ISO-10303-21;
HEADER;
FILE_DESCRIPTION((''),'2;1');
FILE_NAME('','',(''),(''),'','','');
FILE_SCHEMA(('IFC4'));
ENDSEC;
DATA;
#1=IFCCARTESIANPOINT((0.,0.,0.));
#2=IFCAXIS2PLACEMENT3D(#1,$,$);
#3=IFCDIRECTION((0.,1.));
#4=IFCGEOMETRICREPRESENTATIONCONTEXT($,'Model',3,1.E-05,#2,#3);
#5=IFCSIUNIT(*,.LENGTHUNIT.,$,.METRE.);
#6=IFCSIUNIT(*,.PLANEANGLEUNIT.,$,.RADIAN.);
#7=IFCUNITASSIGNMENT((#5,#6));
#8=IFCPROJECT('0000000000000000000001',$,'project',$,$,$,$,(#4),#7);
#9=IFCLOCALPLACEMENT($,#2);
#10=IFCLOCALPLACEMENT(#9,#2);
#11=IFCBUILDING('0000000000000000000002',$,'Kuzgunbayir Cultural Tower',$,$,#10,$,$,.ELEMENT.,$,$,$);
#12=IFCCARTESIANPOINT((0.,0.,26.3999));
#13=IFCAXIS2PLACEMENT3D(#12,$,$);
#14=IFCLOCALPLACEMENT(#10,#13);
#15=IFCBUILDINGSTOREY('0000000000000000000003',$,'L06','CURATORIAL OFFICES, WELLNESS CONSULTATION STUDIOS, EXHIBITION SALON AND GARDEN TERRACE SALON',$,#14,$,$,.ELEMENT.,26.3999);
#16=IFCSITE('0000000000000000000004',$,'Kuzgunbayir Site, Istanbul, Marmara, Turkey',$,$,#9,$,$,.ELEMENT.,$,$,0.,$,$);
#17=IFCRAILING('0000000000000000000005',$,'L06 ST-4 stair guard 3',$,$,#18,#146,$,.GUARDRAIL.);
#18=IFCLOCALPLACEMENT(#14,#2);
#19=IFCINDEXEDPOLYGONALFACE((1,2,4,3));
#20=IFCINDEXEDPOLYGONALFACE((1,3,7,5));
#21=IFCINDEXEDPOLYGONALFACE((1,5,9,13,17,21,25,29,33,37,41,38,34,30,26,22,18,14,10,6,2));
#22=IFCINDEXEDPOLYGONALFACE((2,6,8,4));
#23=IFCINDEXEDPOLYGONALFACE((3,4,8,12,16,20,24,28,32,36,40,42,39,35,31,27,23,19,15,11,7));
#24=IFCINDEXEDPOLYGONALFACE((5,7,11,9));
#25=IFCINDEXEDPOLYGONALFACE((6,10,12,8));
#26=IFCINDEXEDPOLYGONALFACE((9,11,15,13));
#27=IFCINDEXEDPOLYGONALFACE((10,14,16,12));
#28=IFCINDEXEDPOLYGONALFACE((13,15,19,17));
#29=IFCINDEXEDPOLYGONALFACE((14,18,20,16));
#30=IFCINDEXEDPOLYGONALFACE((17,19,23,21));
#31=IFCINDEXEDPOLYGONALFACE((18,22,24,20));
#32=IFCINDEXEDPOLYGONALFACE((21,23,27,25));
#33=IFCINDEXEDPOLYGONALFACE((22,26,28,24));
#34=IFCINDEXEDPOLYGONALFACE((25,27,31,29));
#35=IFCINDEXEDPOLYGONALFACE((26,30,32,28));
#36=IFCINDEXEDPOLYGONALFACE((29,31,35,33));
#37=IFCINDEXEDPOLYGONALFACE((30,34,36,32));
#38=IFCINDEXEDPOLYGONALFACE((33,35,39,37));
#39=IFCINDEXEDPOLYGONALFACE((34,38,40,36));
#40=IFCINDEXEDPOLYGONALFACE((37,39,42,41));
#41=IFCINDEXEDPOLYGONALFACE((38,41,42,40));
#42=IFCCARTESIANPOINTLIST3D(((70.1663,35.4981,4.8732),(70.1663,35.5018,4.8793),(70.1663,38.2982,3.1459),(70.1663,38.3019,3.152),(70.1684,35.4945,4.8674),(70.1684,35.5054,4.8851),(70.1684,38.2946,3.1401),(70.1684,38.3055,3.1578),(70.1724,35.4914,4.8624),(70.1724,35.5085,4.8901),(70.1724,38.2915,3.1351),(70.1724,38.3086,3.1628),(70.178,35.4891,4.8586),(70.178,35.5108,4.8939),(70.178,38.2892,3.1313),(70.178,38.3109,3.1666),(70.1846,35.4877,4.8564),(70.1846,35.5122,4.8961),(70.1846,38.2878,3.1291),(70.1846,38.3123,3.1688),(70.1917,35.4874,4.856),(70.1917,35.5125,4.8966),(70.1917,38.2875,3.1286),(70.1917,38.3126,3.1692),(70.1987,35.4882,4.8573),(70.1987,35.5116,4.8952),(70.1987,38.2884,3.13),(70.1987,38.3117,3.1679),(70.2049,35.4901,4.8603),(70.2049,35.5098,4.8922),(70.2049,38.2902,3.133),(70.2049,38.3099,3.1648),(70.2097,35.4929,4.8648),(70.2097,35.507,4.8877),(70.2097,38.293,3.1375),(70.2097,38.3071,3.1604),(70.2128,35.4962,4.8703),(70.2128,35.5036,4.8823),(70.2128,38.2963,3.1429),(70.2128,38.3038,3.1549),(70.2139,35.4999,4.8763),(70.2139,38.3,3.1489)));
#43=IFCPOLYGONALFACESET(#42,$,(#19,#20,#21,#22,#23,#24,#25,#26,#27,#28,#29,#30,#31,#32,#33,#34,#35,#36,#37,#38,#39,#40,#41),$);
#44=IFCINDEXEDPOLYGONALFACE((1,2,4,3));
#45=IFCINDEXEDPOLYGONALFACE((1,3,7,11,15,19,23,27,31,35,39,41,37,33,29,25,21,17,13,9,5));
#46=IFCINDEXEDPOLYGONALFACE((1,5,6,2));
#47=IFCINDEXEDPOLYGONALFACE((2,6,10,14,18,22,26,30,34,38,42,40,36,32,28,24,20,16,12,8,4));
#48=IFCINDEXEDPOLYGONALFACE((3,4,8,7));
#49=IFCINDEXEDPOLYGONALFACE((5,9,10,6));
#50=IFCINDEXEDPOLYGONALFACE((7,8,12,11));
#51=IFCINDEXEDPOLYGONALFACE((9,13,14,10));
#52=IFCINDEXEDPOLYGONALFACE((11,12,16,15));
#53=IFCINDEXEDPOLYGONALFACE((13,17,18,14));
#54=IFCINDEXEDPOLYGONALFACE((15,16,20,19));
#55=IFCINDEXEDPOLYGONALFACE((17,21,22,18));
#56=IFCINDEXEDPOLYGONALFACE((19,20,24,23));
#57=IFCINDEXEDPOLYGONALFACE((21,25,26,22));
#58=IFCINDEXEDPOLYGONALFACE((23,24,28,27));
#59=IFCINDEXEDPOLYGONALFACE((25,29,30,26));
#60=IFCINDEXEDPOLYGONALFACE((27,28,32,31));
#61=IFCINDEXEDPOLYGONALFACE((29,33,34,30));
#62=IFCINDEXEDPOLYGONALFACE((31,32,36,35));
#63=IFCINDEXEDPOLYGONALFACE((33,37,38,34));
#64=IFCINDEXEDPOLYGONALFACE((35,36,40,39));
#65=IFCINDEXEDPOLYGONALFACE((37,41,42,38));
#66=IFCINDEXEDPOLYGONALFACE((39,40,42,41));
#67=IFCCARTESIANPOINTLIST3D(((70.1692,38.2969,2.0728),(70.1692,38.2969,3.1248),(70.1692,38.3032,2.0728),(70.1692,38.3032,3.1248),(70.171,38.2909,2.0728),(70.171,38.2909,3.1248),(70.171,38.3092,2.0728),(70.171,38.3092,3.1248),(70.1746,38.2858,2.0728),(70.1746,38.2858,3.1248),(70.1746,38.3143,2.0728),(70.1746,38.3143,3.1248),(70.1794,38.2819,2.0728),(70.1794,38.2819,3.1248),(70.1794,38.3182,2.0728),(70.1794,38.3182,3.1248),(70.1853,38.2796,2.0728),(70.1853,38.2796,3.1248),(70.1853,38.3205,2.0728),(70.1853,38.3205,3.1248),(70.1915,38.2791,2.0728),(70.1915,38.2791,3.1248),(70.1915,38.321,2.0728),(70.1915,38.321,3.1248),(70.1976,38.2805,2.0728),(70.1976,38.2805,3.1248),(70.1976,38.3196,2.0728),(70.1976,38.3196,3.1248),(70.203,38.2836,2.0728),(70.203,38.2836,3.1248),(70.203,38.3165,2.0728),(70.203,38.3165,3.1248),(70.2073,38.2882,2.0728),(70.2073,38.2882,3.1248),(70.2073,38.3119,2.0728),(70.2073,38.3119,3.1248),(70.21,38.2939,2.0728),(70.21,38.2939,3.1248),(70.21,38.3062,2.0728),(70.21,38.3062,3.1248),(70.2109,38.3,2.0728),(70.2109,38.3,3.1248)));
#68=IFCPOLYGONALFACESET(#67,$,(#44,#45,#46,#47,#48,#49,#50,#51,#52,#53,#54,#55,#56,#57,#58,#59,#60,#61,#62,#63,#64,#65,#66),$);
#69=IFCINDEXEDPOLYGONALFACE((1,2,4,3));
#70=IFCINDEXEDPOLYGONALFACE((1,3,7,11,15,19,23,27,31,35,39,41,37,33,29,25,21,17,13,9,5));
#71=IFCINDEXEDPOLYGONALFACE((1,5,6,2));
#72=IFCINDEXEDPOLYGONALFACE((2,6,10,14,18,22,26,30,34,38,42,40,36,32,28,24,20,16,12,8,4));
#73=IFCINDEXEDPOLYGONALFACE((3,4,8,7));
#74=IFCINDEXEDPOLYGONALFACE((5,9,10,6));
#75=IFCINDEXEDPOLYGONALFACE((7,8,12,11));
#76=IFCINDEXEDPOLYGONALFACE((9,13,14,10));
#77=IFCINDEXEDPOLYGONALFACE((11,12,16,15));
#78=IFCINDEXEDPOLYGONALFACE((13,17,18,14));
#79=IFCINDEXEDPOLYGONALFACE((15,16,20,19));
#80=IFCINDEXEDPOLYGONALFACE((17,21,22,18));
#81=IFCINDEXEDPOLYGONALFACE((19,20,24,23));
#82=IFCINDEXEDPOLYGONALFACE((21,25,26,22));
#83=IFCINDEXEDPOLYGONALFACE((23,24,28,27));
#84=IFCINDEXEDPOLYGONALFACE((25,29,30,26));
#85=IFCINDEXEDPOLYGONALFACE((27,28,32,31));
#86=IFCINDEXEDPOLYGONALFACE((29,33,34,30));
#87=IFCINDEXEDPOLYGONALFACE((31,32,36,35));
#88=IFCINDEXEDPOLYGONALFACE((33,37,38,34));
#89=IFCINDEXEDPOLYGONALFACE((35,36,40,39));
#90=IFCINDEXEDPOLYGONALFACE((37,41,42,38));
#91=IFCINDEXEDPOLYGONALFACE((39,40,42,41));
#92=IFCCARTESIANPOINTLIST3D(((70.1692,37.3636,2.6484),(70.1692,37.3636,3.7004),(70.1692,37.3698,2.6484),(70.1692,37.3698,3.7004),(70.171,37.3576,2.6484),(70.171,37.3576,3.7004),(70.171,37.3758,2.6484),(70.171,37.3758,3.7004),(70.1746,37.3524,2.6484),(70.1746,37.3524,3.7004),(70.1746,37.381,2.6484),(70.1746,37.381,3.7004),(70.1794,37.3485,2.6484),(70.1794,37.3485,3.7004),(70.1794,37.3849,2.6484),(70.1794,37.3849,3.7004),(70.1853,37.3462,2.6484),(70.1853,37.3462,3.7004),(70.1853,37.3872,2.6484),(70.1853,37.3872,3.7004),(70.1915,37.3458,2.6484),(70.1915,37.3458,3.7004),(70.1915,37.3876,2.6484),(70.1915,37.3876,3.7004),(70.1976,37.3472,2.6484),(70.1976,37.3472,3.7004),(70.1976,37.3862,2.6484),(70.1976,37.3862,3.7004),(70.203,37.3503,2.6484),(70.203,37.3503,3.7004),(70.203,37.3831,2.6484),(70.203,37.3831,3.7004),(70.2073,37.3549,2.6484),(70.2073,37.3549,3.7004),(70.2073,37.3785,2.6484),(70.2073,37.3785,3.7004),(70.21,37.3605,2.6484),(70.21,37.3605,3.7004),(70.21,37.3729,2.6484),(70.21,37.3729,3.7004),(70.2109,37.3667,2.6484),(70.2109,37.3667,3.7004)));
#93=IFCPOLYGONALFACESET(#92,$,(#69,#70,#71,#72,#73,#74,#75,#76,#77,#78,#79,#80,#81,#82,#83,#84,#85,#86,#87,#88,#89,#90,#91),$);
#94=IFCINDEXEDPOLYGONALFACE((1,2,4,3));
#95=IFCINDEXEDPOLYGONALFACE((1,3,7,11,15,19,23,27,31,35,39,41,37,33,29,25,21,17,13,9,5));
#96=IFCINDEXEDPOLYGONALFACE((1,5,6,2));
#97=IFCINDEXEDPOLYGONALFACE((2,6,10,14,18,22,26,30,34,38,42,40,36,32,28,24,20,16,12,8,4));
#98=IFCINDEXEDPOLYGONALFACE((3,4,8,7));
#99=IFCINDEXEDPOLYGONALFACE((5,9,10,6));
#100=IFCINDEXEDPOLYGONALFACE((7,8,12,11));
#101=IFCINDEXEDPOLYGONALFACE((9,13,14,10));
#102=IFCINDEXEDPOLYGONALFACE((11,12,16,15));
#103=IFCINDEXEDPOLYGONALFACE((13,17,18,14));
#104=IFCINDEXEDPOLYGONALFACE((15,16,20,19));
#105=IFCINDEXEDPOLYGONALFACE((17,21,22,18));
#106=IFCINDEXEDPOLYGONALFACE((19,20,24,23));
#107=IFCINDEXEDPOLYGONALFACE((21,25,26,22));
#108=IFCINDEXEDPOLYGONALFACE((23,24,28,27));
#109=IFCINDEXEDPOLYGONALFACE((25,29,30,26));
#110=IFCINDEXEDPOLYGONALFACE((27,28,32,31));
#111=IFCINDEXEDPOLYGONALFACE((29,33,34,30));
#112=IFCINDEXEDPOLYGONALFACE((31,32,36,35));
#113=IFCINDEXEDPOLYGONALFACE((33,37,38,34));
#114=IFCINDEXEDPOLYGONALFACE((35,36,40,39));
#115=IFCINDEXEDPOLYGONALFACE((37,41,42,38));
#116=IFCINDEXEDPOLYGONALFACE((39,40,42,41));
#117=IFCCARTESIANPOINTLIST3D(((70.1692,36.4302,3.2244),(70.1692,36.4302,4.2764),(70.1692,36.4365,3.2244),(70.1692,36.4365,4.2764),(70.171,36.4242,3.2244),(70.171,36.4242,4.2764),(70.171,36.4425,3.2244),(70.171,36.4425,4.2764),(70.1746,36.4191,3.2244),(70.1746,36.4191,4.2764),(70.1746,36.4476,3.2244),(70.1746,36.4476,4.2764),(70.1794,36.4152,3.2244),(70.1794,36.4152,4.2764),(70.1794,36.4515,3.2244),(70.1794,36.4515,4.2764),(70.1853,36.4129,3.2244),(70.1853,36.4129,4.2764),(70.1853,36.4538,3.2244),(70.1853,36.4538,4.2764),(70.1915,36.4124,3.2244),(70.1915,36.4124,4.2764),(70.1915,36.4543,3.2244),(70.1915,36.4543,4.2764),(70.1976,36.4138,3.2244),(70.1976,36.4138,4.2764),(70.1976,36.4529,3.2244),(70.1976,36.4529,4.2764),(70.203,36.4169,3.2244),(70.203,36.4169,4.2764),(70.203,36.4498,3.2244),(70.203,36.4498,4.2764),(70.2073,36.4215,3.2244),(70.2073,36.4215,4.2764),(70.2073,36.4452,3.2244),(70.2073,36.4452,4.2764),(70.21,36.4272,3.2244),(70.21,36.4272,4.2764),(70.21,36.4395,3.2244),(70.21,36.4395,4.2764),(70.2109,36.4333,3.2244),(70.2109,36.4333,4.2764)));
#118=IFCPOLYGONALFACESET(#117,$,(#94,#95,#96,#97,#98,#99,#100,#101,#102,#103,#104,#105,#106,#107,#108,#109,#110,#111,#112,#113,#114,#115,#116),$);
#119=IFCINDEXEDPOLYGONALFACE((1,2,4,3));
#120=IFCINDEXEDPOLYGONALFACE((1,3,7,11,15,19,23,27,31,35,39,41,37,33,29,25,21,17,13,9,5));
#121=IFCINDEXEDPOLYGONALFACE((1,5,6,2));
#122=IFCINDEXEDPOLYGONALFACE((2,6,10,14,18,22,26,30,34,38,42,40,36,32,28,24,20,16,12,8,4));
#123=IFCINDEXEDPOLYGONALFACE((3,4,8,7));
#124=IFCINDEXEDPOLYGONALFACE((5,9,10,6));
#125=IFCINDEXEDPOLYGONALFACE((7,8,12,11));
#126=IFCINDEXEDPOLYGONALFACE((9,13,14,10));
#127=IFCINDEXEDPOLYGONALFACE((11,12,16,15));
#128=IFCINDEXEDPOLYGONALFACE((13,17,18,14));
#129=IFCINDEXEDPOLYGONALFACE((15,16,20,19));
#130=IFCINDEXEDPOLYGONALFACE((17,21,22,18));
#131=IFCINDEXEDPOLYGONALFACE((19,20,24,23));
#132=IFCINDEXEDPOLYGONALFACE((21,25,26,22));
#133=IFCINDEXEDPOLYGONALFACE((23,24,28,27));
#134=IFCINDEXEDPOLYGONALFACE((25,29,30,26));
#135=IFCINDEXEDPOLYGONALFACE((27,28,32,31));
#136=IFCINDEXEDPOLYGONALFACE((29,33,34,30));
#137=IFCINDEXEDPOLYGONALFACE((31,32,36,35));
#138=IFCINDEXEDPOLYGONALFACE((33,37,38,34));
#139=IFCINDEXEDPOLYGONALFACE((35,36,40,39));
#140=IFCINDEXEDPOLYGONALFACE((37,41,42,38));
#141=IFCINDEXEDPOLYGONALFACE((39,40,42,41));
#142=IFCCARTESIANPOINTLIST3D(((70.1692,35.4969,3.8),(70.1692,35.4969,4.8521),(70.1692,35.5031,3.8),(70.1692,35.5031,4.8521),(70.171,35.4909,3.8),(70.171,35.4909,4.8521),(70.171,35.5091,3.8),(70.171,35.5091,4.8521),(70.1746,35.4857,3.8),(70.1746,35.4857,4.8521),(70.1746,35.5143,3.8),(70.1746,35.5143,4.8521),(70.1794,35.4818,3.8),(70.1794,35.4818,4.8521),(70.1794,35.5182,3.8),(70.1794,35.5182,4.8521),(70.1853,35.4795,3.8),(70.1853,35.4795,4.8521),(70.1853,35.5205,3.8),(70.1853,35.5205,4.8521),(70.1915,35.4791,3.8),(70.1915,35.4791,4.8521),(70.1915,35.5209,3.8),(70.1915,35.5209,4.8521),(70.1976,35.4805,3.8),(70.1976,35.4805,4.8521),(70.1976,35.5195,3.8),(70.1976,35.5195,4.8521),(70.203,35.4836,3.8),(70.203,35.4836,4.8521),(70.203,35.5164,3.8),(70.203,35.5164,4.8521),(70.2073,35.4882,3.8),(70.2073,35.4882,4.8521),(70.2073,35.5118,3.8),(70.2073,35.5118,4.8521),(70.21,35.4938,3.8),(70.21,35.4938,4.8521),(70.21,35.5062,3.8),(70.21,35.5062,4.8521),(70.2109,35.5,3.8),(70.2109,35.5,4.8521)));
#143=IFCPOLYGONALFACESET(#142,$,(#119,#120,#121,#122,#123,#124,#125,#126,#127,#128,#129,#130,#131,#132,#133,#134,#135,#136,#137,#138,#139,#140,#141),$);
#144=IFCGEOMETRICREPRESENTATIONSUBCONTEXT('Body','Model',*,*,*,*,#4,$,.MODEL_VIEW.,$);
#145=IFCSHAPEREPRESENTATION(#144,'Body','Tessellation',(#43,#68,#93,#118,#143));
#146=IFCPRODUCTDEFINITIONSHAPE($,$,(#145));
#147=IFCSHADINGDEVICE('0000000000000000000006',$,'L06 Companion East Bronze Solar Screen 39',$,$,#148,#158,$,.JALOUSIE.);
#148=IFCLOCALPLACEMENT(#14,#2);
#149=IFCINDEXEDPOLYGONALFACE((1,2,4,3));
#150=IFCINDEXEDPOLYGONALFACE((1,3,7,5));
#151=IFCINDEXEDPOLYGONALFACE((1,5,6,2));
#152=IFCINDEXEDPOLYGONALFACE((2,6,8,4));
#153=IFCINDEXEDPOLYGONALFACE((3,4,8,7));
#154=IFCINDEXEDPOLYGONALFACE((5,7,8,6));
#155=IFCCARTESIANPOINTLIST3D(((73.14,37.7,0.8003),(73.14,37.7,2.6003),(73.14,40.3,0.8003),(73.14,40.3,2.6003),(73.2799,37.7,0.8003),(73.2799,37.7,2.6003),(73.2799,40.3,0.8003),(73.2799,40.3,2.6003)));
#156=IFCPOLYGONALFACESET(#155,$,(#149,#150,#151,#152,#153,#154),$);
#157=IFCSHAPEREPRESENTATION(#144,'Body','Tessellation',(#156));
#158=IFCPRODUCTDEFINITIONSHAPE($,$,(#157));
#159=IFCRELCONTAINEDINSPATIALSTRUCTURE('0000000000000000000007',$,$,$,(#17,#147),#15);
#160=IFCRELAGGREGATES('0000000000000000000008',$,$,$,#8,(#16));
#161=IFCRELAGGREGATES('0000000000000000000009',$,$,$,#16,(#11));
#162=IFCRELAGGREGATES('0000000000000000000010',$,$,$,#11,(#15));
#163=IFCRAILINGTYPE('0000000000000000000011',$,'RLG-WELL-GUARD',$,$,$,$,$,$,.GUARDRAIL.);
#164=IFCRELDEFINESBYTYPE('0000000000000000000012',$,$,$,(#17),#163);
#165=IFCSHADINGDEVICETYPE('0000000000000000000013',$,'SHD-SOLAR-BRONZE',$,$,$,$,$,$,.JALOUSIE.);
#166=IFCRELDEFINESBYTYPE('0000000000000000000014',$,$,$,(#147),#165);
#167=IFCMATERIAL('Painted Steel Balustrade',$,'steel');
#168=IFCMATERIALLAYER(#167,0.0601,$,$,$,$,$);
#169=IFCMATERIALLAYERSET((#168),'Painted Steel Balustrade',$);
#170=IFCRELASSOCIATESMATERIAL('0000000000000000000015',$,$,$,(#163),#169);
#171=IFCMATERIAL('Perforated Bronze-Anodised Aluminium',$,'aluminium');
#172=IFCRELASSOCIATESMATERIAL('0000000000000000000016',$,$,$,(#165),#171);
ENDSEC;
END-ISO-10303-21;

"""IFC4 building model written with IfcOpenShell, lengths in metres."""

from ifc_helpers import new_model, si_unit, direction, frame, origin, origin_2d, place, context, subcontext, project, spatial, rectangle, circle, extrude, material, layer, layer_set, type_object, element, save


model = new_model("IFC4")

# Units and contexts
model_context = context("Model", 3, precision=1e-05, world=origin(), true_north=direction((0.0, 1.0)))
body_context = subcontext(model_context, "Body", "Model", "MODEL_VIEW")
ifc_project = project(units=[si_unit("LENGTHUNIT", "METRE"), si_unit("PLANEANGLEUNIT", "RADIAN")], contexts=[model_context])

# Site, building, storey
site_placement = place(None, origin())
site = spatial("IfcSite", under=ifc_project, at=site_placement, Name="Kuzgunbayir Site, Istanbul, Marmara, Turkey", CompositionType="ELEMENT", RefElevation=0.0)
building_placement = place(site_placement, origin())
building = spatial("IfcBuilding", under=site, at=building_placement, Name="Kuzgunbayir Cultural Tower", CompositionType="ELEMENT")
storey_placement = place(building_placement, frame((0.0, 0.0, 26.3999)))
storey = spatial("IfcBuildingStorey", under=building, at=storey_placement, Name="L06", Description="CURATORIAL OFFICES, WELLNESS CONSULTATION STUDIOS, EXHIBITION SALON AND GARDEN TERRACE SALON", CompositionType="ELEMENT", Elevation=26.3999)

# Railing
ifc_material_1 = material(Name="Painted Steel Balustrade", Category="steel")
ifc_layer_1 = layer(ifc_material_1, 0.0601)
ifc_layer_set_1 = layer_set([ifc_layer_1], Name="Painted Steel Balustrade")
railing_type_1 = type_object("IfcRailingType", Name="RLG-WELL-GUARD", PredefinedType="GUARDRAIL", material=ifc_layer_set_1)
railing_1_placement = place(storey_placement, frame((70.1899, 38.3, 2.0728)))
element("IfcRailing", 1, at=railing_1_placement, inside=storey, type_object=railing_type_1, Name="L06 ST-4 stair guard 3", PredefinedType="GUARDRAIL", context=body_context, shape_type="SweptSolid", body=[
    extrude(circle(Radius=0.0239, at=origin_2d()), frame((0.0, 0.0, 1.0762), z_axis=(0.0, -0.85109, 0.52502), x_axis=(1.0, 0.0, 0.0)), (0.0, 0.0, 1.0), 3.29),
    extrude(circle(Radius=0.021, at=origin_2d()), origin(), (0.0, 0.0, 1.0), 1.052),
    extrude(circle(Radius=0.021, at=origin_2d()), frame((0.0, -0.9333, 0.5757)), (0.0, 0.0, 1.0), 1.052),
    extrude(circle(Radius=0.021, at=origin_2d()), frame((0.0, -1.8667, 1.1516)), (0.0, 0.0, 1.0), 1.052),
    extrude(circle(Radius=0.021, at=origin_2d()), frame((0.0, -2.8, 1.7273)), (0.0, 0.0, 1.0), 1.052),
])

# Shading device
ifc_material_2 = material(Name="Perforated Bronze-Anodised Aluminium", Category="aluminium")
shading_device_type = type_object("IfcShadingDeviceType", Name="SHD-SOLAR-BRONZE", PredefinedType="JALOUSIE", material=ifc_material_2)
shading_device_placement = place(storey_placement, frame((73.21, 39.0, 0.8003), z_axis=(0.0, 0.0, 1.0), x_axis=(1.0, 0.0, 0.0)))
element("IfcShadingDevice", 2, at=shading_device_placement, inside=storey, type_object=shading_device_type, Name="L06 Companion East Bronze Solar Screen 39", PredefinedType="JALOUSIE", context=body_context, shape_type="SweptSolid", body=[
    extrude(rectangle(XDim=0.1399, YDim=2.6001, at=origin_2d()), origin(), (0.0, 0.0, 1.0), 1.8),
])

save(model, "model.ifc")
